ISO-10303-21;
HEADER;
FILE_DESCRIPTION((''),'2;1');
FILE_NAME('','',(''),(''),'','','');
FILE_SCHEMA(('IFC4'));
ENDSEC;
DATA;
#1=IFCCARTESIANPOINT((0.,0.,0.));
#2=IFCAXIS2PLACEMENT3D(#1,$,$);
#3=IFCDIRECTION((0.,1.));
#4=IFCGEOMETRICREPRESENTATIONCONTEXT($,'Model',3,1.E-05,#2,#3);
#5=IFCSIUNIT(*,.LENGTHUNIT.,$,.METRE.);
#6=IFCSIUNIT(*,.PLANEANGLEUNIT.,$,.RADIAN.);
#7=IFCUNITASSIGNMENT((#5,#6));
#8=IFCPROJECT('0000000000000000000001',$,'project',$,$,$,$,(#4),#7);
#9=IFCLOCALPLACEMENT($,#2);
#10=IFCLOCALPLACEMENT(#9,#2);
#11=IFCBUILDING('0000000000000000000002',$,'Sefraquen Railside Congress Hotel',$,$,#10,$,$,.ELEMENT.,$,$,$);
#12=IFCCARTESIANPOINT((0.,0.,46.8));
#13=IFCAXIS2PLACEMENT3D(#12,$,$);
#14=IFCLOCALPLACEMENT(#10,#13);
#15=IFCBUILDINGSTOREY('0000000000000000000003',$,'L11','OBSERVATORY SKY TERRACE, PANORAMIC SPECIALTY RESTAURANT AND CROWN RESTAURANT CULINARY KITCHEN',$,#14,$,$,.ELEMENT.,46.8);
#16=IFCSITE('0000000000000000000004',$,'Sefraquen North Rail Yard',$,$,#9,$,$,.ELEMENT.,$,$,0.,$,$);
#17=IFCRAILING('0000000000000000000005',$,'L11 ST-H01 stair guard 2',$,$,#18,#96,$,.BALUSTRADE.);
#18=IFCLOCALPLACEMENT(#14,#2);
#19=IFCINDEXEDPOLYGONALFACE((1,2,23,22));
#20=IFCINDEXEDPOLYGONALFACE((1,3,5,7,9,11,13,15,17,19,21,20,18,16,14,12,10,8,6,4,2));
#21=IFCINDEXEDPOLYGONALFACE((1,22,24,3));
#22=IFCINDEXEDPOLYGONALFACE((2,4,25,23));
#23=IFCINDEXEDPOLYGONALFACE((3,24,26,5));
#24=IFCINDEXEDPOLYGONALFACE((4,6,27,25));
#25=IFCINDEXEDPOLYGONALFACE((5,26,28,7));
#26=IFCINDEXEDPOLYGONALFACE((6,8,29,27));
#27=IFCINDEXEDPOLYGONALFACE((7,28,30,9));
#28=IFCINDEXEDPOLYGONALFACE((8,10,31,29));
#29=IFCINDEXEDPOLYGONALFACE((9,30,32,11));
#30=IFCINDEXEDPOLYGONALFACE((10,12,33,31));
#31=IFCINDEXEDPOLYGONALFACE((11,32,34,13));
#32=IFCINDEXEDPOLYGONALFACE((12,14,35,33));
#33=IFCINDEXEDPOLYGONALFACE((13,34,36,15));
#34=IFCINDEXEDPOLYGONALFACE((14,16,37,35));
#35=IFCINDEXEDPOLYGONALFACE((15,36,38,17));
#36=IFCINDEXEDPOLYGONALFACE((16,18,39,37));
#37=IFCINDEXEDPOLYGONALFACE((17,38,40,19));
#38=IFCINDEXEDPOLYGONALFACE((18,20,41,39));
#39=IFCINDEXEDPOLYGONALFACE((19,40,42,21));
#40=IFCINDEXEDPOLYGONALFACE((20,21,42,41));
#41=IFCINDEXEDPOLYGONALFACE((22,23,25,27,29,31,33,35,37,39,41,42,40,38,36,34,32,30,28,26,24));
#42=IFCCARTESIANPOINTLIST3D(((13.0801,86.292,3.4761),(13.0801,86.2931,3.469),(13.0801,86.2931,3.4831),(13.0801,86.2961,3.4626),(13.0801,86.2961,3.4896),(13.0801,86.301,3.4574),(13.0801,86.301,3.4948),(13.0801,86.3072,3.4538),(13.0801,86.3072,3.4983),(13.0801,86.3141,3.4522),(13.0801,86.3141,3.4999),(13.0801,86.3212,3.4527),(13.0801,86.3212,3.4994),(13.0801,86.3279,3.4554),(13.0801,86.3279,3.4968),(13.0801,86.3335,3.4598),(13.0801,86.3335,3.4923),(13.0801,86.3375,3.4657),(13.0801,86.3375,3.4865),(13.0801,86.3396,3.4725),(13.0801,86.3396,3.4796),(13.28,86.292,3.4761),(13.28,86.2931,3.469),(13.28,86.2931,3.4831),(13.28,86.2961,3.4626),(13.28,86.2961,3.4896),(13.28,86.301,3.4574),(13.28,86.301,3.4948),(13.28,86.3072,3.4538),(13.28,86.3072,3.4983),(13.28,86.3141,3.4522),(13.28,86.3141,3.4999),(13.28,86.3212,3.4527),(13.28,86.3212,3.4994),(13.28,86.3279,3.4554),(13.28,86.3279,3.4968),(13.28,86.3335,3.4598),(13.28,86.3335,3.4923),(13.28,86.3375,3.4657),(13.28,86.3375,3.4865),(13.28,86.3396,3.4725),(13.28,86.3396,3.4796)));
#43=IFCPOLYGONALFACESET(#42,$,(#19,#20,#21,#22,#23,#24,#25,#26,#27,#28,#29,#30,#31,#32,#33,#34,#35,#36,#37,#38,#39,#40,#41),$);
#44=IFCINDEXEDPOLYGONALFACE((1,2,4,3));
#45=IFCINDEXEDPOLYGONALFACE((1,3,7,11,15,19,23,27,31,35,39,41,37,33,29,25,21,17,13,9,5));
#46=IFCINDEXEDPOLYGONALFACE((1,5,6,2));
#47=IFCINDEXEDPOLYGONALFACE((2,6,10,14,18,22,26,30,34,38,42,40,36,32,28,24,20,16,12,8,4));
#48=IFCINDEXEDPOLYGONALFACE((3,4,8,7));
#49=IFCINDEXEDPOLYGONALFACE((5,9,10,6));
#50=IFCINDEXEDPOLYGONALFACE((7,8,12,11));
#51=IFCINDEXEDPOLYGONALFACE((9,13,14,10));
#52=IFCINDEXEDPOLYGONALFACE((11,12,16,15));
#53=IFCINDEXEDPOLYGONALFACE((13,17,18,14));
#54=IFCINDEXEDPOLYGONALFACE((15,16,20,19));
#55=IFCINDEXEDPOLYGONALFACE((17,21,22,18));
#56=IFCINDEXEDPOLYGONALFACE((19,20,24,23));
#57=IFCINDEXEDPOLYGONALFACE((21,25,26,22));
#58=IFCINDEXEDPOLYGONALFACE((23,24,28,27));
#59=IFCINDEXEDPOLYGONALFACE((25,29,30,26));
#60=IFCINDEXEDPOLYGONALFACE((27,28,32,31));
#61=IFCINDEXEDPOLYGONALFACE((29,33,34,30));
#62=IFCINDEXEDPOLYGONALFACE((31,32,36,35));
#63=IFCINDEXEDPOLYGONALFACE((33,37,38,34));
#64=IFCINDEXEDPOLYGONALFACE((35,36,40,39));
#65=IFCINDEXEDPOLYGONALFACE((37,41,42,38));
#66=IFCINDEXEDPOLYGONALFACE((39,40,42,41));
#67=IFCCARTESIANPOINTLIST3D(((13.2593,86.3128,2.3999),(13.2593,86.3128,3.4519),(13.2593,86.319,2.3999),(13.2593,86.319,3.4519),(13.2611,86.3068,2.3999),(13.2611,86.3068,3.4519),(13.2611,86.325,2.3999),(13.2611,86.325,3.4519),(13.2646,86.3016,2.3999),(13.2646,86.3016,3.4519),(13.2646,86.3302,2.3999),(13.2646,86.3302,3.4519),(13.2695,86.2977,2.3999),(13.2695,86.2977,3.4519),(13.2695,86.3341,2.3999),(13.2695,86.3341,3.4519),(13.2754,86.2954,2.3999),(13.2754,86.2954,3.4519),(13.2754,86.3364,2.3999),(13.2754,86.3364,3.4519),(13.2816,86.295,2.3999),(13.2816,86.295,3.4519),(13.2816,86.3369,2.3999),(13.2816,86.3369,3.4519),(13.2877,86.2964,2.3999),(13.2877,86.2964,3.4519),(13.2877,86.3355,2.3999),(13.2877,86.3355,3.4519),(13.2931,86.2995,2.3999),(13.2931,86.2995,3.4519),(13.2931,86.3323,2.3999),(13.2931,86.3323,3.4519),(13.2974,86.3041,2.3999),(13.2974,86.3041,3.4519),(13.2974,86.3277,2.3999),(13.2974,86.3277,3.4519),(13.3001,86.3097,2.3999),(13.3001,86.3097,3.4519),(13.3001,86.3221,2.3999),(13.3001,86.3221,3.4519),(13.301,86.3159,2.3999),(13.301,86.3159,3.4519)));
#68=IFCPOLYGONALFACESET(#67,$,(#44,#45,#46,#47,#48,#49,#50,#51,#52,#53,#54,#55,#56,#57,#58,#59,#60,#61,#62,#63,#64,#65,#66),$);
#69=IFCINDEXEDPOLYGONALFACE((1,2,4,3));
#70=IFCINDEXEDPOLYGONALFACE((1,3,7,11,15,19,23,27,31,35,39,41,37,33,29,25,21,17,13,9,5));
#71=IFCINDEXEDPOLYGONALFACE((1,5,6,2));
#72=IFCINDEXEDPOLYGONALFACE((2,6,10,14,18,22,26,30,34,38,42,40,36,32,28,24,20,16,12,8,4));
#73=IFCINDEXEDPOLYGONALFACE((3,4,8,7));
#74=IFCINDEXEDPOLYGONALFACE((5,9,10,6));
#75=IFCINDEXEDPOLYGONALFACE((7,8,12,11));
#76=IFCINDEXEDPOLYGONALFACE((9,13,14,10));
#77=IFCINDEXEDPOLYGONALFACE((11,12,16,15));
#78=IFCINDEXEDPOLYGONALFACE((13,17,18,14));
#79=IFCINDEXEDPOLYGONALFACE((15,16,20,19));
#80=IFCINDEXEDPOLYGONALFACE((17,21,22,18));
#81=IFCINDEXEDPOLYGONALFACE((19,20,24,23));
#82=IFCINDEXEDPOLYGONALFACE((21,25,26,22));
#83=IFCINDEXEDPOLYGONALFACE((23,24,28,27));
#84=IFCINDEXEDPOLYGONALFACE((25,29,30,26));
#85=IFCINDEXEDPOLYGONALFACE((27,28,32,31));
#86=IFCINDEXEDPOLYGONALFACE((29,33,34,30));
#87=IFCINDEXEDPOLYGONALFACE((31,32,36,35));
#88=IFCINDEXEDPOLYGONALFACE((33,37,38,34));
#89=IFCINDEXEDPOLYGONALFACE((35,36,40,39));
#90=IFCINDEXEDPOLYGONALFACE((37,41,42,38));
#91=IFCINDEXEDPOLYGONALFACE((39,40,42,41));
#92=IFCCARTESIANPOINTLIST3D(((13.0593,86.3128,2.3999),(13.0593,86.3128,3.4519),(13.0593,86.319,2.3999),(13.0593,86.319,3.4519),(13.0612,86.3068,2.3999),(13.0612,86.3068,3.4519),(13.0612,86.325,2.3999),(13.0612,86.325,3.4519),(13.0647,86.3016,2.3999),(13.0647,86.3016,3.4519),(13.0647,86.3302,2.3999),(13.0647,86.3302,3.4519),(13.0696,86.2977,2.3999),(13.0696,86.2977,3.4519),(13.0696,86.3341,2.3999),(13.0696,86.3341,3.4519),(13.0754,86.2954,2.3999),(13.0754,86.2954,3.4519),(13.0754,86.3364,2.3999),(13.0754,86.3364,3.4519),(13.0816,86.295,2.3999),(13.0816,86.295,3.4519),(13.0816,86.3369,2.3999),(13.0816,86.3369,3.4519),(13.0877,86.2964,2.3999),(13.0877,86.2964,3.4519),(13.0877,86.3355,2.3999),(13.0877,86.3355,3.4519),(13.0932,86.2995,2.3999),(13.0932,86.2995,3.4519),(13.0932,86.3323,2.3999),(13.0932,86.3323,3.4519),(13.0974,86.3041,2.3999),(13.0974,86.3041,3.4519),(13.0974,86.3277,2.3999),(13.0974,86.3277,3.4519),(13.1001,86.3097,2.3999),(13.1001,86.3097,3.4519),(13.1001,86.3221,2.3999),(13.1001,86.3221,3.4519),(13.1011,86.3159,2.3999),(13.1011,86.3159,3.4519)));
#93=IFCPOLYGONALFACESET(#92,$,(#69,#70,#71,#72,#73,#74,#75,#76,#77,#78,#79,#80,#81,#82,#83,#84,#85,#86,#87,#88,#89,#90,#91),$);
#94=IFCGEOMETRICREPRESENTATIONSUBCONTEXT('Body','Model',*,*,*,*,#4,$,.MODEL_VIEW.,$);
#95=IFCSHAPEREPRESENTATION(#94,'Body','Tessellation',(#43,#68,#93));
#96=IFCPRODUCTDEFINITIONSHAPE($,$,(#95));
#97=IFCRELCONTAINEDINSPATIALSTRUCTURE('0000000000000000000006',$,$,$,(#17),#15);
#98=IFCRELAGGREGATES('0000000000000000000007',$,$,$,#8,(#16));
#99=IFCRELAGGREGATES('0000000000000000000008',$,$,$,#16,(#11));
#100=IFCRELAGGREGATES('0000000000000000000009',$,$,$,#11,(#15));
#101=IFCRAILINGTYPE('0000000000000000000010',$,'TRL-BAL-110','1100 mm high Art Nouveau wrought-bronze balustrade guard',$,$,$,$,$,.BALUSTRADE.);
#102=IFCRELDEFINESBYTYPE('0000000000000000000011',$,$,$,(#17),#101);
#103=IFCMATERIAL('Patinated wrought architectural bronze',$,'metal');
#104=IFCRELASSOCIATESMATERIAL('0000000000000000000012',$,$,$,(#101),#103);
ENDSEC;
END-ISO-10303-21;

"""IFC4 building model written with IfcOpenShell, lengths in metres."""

from ifc_helpers import new_model, si_unit, direction, frame, origin, origin_2d, place, context, subcontext, project, spatial, circle, extrude, material, type_object, element, save


model = new_model("IFC4")

# Units and contexts
model_context = context("Model", 3, precision=1e-05, world=origin(), true_north=direction((0.0, 1.0)))
body_context = subcontext(model_context, "Body", "Model", "MODEL_VIEW")
ifc_project = project(units=[si_unit("LENGTHUNIT", "METRE"), si_unit("PLANEANGLEUNIT", "RADIAN")], contexts=[model_context])

# Site, building, storey
site_placement = place(None, origin())
site = spatial("IfcSite", under=ifc_project, at=site_placement, Name="Sefraquen North Rail Yard", CompositionType="ELEMENT", RefElevation=0.0)
building_placement = place(site_placement, origin())
building = spatial("IfcBuilding", under=site, at=building_placement, Name="Sefraquen Railside Congress Hotel", CompositionType="ELEMENT")
storey_placement = place(building_placement, frame((0.0, 0.0, 46.8)))
storey = spatial("IfcBuildingStorey", under=building, at=storey_placement, Name="L11", Description="OBSERVATORY SKY TERRACE, PANORAMIC SPECIALTY RESTAURANT AND CROWN RESTAURANT CULINARY KITCHEN", CompositionType="ELEMENT", Elevation=46.8)

# Railing
ifc_material_1 = material(Name="Patinated wrought architectural bronze", Category="metal")
railing_type_1 = type_object("IfcRailingType", Name="TRL-BAL-110", Description="1100 mm high Art Nouveau wrought-bronze balustrade guard", PredefinedType="BALUSTRADE", material=ifc_material_1)
railing_1_placement = place(storey_placement, frame((13.28, 86.3159, 2.3999)))
element("IfcRailing", 1, at=railing_1_placement, inside=storey, type_object=railing_type_1, Name="L11 ST-H01 stair guard 2", PredefinedType="BALUSTRADE", context=body_context, shape_type="SweptSolid", body=[
    extrude(circle(Radius=0.0239, at=origin_2d()), frame((0.0, 0.0, 1.0762), z_axis=(-1.0, 0.0, 0.0), x_axis=(0.0, -1.0, 0.0)), (0.0, 0.0, 1.0), 0.2),
    extrude(circle(Radius=0.021, at=origin_2d()), origin(), (0.0, 0.0, 1.0), 1.052),
    extrude(circle(Radius=0.021, at=origin_2d()), frame((-0.2, 0.0, 0.0)), (0.0, 0.0, 1.0), 1.052),
])

save(model, "model.ifc")
